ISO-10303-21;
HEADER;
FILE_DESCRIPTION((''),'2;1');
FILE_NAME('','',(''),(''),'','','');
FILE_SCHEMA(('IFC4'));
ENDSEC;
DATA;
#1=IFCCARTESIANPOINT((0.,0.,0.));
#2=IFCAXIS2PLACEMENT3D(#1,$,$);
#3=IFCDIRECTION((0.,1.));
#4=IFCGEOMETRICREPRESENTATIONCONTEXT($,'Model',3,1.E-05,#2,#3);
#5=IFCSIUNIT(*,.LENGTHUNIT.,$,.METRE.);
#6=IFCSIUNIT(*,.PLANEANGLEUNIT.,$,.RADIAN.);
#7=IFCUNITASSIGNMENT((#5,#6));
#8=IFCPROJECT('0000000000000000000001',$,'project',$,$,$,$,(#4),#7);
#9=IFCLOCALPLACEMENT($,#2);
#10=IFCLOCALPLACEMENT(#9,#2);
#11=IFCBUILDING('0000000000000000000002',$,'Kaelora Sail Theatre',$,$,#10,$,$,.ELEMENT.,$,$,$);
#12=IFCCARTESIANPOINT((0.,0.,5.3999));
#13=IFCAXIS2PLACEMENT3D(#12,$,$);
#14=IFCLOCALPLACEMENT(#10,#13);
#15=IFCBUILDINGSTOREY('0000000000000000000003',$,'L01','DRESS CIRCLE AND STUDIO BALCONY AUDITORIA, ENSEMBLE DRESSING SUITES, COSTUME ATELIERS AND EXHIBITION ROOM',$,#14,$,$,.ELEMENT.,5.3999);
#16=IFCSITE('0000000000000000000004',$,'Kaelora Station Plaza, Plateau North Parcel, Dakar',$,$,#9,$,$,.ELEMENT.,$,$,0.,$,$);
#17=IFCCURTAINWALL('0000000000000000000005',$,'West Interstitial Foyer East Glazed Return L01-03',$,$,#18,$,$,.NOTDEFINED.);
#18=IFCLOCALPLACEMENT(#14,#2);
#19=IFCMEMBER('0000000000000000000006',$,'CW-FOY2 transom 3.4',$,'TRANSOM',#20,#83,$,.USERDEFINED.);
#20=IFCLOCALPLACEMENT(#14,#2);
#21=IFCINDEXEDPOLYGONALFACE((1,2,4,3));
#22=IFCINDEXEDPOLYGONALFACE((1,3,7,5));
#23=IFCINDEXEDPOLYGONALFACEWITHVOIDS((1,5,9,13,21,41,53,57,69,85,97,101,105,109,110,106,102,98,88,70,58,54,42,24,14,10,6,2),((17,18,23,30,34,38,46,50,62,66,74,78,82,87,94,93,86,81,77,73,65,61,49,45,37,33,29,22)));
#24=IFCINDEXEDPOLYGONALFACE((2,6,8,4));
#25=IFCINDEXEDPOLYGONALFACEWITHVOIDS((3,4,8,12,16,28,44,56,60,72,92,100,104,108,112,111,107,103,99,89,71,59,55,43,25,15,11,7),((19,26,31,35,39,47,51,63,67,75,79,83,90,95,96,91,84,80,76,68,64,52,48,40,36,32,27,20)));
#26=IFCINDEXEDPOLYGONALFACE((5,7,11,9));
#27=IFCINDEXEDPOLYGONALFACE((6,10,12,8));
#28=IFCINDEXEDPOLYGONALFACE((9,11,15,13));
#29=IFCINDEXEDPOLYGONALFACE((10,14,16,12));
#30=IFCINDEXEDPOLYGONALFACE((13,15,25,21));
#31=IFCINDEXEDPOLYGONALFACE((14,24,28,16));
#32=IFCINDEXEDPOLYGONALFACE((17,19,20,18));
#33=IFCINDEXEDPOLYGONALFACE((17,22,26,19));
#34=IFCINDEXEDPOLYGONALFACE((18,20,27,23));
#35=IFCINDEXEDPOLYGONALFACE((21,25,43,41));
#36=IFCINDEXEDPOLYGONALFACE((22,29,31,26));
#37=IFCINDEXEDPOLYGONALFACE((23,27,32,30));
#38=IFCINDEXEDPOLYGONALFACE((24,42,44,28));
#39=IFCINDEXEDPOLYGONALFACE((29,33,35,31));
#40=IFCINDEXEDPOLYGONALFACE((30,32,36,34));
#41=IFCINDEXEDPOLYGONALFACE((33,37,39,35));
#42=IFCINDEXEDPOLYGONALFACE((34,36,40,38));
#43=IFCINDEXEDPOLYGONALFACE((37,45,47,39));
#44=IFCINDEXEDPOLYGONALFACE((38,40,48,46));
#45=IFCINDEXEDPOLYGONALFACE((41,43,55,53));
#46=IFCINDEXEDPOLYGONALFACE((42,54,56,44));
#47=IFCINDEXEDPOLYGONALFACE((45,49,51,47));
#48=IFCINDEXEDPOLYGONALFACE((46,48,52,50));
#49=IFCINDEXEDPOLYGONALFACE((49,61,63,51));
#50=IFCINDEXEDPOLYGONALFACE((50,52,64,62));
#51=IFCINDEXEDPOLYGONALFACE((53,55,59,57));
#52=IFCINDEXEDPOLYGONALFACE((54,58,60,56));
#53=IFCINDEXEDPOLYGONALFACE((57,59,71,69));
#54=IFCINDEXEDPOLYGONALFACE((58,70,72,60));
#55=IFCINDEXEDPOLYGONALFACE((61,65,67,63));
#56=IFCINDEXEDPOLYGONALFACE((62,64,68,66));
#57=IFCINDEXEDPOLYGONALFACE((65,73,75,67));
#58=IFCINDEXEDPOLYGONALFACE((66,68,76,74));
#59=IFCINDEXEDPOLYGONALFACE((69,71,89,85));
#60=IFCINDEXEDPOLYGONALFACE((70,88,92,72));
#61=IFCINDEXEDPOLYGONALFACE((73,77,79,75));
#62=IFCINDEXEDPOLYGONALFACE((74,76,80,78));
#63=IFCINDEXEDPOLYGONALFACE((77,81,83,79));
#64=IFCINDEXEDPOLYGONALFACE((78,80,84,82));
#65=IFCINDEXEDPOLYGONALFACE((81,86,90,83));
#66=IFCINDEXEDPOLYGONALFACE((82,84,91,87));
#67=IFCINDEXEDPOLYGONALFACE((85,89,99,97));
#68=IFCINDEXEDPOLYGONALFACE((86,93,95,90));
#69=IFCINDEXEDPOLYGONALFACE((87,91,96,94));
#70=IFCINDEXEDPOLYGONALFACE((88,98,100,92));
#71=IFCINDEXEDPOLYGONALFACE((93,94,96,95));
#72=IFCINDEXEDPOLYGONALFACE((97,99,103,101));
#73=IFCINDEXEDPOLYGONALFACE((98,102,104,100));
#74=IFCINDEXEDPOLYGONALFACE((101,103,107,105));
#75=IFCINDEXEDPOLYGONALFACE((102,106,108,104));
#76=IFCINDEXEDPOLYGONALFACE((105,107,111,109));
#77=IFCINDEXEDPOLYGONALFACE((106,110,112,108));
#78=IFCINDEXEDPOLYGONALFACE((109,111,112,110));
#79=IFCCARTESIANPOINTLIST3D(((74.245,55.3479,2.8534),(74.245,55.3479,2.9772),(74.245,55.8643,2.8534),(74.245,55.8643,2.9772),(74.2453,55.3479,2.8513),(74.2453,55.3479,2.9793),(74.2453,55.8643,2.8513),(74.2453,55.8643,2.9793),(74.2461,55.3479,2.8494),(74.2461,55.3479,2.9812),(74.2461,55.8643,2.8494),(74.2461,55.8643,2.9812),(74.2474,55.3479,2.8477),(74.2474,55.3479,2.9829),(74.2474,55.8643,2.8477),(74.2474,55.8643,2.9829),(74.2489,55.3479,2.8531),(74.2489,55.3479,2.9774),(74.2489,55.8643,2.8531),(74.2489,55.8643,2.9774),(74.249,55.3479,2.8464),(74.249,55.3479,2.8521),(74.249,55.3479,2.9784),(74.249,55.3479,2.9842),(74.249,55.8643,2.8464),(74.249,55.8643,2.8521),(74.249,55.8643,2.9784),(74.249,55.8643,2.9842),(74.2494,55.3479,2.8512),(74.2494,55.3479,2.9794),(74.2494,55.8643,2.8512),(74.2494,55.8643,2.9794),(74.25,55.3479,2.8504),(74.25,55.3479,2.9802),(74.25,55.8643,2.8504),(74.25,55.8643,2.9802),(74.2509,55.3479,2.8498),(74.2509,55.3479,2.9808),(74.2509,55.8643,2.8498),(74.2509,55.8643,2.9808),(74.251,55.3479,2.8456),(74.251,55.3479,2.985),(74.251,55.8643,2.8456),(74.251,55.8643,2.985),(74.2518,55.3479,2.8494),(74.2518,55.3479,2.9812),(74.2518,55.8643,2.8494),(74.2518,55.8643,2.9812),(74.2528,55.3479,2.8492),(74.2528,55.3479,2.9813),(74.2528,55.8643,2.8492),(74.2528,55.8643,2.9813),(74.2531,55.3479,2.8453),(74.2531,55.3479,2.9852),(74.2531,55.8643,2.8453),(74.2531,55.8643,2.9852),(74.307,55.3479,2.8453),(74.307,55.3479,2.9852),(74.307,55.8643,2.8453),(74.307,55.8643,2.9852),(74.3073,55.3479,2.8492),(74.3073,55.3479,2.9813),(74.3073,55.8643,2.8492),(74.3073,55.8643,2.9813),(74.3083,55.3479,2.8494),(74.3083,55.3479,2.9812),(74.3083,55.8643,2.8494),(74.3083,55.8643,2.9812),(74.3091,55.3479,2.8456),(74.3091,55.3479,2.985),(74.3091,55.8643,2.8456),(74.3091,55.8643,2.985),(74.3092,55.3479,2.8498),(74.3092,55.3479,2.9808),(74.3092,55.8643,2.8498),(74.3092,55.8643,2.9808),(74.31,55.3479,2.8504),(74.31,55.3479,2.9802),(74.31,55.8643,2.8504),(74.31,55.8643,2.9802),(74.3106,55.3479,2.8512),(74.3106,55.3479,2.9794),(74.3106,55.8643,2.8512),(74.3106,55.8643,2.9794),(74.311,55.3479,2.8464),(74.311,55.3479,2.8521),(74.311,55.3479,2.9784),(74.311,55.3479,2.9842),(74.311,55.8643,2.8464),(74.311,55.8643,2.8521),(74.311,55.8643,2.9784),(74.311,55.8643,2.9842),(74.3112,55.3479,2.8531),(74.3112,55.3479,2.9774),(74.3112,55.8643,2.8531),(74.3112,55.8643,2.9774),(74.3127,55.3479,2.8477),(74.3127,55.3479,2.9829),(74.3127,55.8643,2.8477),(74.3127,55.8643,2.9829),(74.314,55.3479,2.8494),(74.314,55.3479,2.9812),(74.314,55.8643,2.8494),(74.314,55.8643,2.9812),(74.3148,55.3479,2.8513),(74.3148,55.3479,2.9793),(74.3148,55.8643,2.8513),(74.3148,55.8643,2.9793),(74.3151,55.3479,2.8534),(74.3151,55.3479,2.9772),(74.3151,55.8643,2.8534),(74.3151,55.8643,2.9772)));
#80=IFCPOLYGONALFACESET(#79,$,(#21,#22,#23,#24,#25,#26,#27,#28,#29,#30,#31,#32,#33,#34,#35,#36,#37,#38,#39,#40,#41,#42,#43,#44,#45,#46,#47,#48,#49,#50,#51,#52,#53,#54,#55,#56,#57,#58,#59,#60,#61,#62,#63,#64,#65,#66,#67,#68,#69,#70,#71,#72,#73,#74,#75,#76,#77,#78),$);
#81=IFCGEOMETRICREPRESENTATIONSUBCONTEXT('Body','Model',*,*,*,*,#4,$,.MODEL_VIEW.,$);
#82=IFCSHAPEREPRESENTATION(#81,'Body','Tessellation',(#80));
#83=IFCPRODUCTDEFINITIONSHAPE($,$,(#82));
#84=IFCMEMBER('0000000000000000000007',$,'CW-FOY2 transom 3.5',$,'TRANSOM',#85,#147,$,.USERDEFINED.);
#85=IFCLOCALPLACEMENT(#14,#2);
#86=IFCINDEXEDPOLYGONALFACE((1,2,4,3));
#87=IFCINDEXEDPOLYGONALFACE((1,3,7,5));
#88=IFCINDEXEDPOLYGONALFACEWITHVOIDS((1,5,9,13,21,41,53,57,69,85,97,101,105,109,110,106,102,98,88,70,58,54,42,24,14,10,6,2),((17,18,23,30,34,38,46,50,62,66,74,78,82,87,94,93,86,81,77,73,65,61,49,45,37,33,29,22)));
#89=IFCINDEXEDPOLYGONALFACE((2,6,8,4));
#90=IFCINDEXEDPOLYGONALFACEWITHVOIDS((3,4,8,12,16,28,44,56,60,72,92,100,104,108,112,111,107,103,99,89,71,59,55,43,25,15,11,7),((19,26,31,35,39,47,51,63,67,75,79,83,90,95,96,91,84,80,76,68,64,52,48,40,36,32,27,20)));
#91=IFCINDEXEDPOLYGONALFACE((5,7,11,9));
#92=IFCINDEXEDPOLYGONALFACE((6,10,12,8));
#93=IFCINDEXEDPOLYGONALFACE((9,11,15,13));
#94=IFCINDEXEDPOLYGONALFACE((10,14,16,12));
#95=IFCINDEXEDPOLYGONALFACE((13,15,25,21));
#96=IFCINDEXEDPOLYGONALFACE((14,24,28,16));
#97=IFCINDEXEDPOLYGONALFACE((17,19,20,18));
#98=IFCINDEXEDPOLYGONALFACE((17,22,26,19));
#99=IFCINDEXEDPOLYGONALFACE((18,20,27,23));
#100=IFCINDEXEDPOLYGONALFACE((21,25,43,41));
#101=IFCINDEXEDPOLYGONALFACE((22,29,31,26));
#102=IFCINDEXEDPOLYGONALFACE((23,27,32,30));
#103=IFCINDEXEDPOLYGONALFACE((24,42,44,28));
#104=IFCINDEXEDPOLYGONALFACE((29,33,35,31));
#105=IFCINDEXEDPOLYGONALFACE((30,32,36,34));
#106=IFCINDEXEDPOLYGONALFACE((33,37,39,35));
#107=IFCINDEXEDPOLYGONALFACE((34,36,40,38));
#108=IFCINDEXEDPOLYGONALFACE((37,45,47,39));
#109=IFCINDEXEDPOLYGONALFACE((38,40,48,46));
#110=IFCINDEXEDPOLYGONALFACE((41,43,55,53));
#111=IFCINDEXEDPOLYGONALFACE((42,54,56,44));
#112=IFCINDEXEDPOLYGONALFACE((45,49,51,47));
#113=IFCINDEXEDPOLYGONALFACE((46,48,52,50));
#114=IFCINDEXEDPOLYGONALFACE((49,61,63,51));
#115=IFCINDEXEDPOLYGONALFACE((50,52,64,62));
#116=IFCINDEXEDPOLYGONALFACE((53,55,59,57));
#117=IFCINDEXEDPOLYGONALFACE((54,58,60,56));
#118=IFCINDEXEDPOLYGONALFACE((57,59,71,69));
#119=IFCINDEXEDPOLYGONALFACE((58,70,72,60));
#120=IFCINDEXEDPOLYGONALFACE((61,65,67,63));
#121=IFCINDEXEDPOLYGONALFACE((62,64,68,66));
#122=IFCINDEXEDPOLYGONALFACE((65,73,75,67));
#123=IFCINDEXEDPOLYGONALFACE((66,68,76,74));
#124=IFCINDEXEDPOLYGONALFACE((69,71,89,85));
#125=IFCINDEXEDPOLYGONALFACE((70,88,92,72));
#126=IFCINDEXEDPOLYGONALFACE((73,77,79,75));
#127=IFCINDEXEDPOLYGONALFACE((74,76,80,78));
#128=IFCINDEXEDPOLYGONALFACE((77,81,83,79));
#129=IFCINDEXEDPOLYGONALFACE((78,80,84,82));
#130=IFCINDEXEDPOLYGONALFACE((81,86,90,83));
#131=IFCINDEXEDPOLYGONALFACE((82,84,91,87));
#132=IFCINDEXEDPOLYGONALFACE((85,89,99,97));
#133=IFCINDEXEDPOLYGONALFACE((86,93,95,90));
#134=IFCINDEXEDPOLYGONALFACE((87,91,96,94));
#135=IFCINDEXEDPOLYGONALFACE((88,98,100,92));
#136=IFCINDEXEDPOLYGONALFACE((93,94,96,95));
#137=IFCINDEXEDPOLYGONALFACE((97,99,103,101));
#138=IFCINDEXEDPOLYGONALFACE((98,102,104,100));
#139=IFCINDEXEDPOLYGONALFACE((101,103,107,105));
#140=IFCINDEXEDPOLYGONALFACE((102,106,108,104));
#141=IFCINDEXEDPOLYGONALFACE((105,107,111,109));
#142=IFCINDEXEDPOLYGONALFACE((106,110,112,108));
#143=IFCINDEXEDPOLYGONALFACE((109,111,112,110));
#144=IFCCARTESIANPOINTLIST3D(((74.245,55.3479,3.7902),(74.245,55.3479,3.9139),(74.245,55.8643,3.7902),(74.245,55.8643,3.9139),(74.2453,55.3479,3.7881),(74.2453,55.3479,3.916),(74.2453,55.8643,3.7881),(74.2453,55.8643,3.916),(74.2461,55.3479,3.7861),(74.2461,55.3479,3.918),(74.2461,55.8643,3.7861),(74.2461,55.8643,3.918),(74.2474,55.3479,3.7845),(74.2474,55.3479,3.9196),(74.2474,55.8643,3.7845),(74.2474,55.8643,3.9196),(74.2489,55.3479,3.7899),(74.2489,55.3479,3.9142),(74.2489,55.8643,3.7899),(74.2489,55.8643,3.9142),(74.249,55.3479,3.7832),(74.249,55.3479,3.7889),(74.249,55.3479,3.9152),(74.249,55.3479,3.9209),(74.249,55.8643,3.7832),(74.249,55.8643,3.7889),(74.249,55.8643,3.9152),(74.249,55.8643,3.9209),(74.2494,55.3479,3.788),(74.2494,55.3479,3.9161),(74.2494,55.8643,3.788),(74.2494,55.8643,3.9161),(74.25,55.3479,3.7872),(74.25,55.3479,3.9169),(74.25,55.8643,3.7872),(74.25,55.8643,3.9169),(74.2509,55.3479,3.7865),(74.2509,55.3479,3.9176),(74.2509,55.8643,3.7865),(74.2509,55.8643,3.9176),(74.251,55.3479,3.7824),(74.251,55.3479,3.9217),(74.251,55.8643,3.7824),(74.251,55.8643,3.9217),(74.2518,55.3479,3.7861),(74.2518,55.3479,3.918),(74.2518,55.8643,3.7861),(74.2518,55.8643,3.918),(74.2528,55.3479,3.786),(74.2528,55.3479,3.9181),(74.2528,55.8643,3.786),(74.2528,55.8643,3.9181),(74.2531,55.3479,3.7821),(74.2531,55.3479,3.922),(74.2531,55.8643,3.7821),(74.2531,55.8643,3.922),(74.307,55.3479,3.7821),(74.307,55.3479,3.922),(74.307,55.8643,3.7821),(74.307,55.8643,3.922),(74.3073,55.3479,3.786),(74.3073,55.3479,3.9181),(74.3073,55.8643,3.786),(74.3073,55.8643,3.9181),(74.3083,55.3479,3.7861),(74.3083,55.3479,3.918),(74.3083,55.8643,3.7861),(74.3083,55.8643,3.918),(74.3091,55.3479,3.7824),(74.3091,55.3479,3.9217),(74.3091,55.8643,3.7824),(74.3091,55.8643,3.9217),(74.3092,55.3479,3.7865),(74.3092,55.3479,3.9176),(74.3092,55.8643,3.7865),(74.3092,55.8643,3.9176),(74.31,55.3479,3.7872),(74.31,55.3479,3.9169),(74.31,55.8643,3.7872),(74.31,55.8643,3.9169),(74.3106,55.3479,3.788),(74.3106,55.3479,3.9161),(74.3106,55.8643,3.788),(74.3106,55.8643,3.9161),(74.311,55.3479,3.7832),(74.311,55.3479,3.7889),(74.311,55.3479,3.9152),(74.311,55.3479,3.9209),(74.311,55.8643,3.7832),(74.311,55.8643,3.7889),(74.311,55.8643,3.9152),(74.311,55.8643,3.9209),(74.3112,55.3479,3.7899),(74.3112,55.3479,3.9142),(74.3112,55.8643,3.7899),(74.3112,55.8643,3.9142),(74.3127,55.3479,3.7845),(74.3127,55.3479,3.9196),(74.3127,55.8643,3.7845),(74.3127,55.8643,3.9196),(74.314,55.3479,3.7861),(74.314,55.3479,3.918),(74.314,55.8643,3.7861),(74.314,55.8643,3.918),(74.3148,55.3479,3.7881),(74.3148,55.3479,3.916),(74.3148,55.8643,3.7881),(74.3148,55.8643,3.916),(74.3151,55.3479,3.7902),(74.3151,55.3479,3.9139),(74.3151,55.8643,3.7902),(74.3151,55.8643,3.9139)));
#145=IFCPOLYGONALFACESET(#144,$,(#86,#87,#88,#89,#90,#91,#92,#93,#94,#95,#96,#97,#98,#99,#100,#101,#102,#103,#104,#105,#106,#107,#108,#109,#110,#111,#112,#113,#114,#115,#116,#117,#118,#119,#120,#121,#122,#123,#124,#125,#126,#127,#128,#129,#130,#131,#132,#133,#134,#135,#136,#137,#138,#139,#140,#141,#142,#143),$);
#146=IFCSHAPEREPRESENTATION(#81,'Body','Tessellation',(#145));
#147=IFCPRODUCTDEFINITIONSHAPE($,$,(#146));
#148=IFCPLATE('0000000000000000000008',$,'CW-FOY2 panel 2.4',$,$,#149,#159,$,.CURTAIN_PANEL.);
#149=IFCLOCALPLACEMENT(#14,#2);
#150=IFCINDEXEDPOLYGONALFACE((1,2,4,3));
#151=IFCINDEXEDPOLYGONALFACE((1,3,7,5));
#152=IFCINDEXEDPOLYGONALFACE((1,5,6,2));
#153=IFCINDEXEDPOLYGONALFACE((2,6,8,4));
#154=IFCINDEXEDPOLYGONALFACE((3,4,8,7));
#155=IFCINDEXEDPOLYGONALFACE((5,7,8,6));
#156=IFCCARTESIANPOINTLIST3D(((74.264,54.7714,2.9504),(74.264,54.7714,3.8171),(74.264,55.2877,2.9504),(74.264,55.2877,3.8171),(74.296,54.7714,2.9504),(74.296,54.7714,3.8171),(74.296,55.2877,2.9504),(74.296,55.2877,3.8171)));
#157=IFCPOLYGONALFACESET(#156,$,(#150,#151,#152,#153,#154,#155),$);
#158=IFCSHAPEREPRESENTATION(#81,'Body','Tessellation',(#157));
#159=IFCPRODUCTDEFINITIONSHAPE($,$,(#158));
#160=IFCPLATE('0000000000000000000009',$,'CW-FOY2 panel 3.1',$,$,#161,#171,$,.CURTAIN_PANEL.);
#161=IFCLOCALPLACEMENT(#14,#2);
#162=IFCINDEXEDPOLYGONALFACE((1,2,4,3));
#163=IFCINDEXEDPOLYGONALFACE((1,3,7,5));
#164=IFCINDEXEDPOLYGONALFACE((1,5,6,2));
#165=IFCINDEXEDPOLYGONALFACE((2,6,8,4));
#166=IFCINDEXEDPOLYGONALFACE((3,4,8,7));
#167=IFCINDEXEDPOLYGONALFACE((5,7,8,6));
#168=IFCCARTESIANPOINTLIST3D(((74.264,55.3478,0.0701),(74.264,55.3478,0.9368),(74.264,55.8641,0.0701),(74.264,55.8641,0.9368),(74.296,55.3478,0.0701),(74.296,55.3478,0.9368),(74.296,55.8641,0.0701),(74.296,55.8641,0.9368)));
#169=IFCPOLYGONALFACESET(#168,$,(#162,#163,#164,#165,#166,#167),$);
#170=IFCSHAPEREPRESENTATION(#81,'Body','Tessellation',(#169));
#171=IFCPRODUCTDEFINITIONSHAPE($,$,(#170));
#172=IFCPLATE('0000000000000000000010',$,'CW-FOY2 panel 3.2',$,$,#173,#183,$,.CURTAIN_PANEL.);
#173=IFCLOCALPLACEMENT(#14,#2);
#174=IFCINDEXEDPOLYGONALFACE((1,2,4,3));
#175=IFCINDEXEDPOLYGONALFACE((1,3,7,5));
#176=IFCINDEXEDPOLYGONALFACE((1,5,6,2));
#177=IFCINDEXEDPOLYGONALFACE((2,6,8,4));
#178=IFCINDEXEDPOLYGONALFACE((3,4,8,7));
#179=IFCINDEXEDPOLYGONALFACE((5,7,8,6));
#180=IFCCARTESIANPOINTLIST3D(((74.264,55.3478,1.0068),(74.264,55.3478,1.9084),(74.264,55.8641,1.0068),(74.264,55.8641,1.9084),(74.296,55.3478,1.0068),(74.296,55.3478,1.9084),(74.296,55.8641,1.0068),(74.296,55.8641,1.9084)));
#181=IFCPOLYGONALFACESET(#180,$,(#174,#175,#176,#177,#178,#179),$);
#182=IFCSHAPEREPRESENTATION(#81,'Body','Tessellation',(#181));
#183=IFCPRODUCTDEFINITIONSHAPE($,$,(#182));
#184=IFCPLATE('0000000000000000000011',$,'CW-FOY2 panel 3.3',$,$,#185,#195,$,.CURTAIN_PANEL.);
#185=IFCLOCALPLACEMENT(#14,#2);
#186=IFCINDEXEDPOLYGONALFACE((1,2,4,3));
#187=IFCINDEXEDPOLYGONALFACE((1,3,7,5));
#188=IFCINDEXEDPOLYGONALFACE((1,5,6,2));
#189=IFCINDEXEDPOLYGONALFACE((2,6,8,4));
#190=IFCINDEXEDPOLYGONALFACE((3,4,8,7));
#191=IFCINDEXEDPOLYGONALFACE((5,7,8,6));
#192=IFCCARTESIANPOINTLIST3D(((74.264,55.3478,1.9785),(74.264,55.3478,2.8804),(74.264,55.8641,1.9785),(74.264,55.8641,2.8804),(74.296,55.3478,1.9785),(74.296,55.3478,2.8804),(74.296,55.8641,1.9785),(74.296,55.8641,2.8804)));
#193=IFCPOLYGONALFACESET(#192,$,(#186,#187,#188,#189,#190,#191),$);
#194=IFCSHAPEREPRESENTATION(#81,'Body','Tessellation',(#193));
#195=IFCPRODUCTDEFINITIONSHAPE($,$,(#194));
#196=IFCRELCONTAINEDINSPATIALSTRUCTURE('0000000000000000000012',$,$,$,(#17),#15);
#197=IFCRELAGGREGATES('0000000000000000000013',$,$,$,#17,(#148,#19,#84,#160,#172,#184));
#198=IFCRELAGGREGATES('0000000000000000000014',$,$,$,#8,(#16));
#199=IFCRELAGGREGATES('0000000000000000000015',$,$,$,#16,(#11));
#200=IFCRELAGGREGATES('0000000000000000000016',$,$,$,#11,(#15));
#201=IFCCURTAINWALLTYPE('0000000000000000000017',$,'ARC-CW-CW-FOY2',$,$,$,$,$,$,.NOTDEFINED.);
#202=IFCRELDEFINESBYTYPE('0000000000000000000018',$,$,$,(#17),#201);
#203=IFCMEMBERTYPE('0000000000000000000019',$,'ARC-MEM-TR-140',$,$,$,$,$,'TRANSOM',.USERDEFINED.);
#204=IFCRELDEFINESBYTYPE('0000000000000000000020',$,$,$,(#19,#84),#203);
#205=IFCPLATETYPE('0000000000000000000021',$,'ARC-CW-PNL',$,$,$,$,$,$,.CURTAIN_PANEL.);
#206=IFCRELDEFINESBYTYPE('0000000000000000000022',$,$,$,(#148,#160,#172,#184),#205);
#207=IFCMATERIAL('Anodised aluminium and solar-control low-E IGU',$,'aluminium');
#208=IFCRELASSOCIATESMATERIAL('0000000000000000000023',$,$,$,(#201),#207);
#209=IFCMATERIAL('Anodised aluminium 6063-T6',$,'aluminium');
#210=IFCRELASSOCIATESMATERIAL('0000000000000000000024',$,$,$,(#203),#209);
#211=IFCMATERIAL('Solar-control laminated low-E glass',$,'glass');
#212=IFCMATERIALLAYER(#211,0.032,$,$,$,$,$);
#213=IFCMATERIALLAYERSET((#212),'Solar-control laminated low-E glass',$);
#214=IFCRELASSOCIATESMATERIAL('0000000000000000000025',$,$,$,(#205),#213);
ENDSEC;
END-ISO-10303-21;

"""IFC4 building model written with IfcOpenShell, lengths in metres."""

from ifc_helpers import new_model, si_unit, direction, frame, origin, origin_2d, place, context, subcontext, project, spatial, rectangle, hollow_rectangle, extrude, material, layer, layer_set, material_profile, profile_set, type_object, element, aggregate, save


model = new_model("IFC4")

# Units and contexts
model_context = context("Model", 3, precision=1e-05, world=origin(), true_north=direction((0.0, 1.0)))
body_context = subcontext(model_context, "Body", "Model", "MODEL_VIEW")
ifc_project = project(units=[si_unit("LENGTHUNIT", "METRE"), si_unit("PLANEANGLEUNIT", "RADIAN")], contexts=[model_context])

# Site, building, storey
site_placement = place(None, origin())
site = spatial("IfcSite", under=ifc_project, at=site_placement, Name="Kaelora Station Plaza, Plateau North Parcel, Dakar", CompositionType="ELEMENT", RefElevation=0.0)
building_placement = place(site_placement, origin())
building = spatial("IfcBuilding", under=site, at=building_placement, Name="Kaelora Sail Theatre", CompositionType="ELEMENT")
storey_placement = place(building_placement, frame((0.0, 0.0, 5.3999)))
storey = spatial("IfcBuildingStorey", under=building, at=storey_placement, Name="L01", Description="DRESS CIRCLE AND STUDIO BALCONY AUDITORIA, ENSEMBLE DRESSING SUITES, COSTUME ATELIERS AND EXHIBITION ROOM", CompositionType="ELEMENT", Elevation=5.3999)

# Curtain wall, members, plates
ifc_material_1 = material(Name="Anodised aluminium and solar-control low-E IGU", Category="aluminium")
curtain_wall_type = type_object("IfcCurtainWallType", Name="ARC-CW-CW-FOY2", PredefinedType="NOTDEFINED", material=ifc_material_1)
curtain_wall_placement = place(storey_placement, origin())
curtain_wall = element("IfcCurtainWall", 1, at=curtain_wall_placement, inside=storey, type_object=curtain_wall_type, Name="West Interstitial Foyer East Glazed Return L01-03", PredefinedType="NOTDEFINED")
ifc_material_2 = material(Name="Anodised aluminium 6063-T6", Category="aluminium")
ifc_material_profile_1 = material_profile(ifc_material_2, hollow_rectangle(XDim=0.0701, YDim=0.1399, WallThickness=0.0039, InnerFilletRadius=0.0039, OuterFilletRadius=0.0081, at=origin_2d()), Name="ALU-TRAN 70x140x4")
ifc_profile_set_1 = profile_set([ifc_material_profile_1], Name="Anodised aluminium 6063-T6")
member_type_1 = type_object("IfcMemberType", Name="ARC-MEM-TR-140", ElementType="TRANSOM", PredefinedType="USERDEFINED", material=ifc_profile_set_1)
member_1_placement = place(storey_placement, frame((74.28, 55.3479, 2.9153), z_axis=(0.0, 1.0, 0.0), x_axis=(-1.0, 0.0, 0.0)))
member_1 = element("IfcMember", 2, at=member_1_placement, type_object=member_type_1, Name="CW-FOY2 transom 3.4", ObjectType="TRANSOM", PredefinedType="USERDEFINED", context=body_context, shape_type="SweptSolid", body=[
    extrude(hollow_rectangle(XDim=0.0701, YDim=0.1399, WallThickness=0.0039, InnerFilletRadius=0.0039, OuterFilletRadius=0.0081, at=origin_2d()), origin(), (0.0, 0.0, 1.0), 0.5164),
])
member_2_placement = place(storey_placement, frame((74.28, 55.3479, 3.8521), z_axis=(0.0, 1.0, 0.0), x_axis=(-1.0, 0.0, 0.0)))
member_2 = element("IfcMember", 3, at=member_2_placement, type_object=member_type_1, Name="CW-FOY2 transom 3.5", ObjectType="TRANSOM", PredefinedType="USERDEFINED", context=body_context, shape_type="SweptSolid", body=[
    extrude(hollow_rectangle(XDim=0.0701, YDim=0.1399, WallThickness=0.0039, InnerFilletRadius=0.0039, OuterFilletRadius=0.0081, at=origin_2d()), origin(), (0.0, 0.0, 1.0), 0.5164),
])
ifc_material_3 = material(Name="Solar-control laminated low-E glass", Category="glass")
ifc_layer_1 = layer(ifc_material_3, 0.032)
ifc_layer_set_1 = layer_set([ifc_layer_1], Name="Solar-control laminated low-E glass")
plate_type = type_object("IfcPlateType", Name="ARC-CW-PNL", PredefinedType="CURTAIN_PANEL", material=ifc_layer_set_1)
plate_1_placement = place(storey_placement, frame((74.28, 55.0295, 2.9504), z_axis=(0.0, 0.0, 1.0), x_axis=(0.0, 1.0, 0.0)))
plate_1 = element("IfcPlate", 4, at=plate_1_placement, type_object=plate_type, Name="CW-FOY2 panel 2.4", PredefinedType="CURTAIN_PANEL", context=body_context, shape_type="SweptSolid", body=[
    extrude(rectangle(XDim=0.5164, YDim=0.032, at=origin_2d()), origin(), (0.0, 0.0, 1.0), 0.8667),
])
plate_2_placement = place(storey_placement, frame((74.28, 55.606, 0.0701), z_axis=(0.0, 0.0, 1.0), x_axis=(0.0, 1.0, 0.0)))
plate_2 = element("IfcPlate", 5, at=plate_2_placement, type_object=plate_type, Name="CW-FOY2 panel 3.1", PredefinedType="CURTAIN_PANEL", context=body_context, shape_type="SweptSolid", body=[
    extrude(rectangle(XDim=0.5164, YDim=0.032, at=origin_2d()), origin(), (0.0, 0.0, 1.0), 0.8667),
])
plate_3_placement = place(storey_placement, frame((74.28, 55.606, 1.0068), z_axis=(0.0, 0.0, 1.0), x_axis=(0.0, 1.0, 0.0)))
plate_3 = element("IfcPlate", 6, at=plate_3_placement, type_object=plate_type, Name="CW-FOY2 panel 3.2", PredefinedType="CURTAIN_PANEL", context=body_context, shape_type="SweptSolid", body=[
    extrude(rectangle(XDim=0.5164, YDim=0.032, at=origin_2d()), origin(), (0.0, 0.0, 1.0), 0.9016),
])
plate_4_placement = place(storey_placement, frame((74.28, 55.606, 1.9785), z_axis=(0.0, 0.0, 1.0), x_axis=(0.0, 1.0, 0.0)))
plate_4 = element("IfcPlate", 7, at=plate_4_placement, type_object=plate_type, Name="CW-FOY2 panel 3.3", PredefinedType="CURTAIN_PANEL", context=body_context, shape_type="SweptSolid", body=[
    extrude(rectangle(XDim=0.5164, YDim=0.032, at=origin_2d()), origin(), (0.0, 0.0, 1.0), 0.9019),
])
aggregate(curtain_wall, [plate_1, member_1, member_2, plate_2, plate_3, plate_4])

save(model, "model.ifc")
